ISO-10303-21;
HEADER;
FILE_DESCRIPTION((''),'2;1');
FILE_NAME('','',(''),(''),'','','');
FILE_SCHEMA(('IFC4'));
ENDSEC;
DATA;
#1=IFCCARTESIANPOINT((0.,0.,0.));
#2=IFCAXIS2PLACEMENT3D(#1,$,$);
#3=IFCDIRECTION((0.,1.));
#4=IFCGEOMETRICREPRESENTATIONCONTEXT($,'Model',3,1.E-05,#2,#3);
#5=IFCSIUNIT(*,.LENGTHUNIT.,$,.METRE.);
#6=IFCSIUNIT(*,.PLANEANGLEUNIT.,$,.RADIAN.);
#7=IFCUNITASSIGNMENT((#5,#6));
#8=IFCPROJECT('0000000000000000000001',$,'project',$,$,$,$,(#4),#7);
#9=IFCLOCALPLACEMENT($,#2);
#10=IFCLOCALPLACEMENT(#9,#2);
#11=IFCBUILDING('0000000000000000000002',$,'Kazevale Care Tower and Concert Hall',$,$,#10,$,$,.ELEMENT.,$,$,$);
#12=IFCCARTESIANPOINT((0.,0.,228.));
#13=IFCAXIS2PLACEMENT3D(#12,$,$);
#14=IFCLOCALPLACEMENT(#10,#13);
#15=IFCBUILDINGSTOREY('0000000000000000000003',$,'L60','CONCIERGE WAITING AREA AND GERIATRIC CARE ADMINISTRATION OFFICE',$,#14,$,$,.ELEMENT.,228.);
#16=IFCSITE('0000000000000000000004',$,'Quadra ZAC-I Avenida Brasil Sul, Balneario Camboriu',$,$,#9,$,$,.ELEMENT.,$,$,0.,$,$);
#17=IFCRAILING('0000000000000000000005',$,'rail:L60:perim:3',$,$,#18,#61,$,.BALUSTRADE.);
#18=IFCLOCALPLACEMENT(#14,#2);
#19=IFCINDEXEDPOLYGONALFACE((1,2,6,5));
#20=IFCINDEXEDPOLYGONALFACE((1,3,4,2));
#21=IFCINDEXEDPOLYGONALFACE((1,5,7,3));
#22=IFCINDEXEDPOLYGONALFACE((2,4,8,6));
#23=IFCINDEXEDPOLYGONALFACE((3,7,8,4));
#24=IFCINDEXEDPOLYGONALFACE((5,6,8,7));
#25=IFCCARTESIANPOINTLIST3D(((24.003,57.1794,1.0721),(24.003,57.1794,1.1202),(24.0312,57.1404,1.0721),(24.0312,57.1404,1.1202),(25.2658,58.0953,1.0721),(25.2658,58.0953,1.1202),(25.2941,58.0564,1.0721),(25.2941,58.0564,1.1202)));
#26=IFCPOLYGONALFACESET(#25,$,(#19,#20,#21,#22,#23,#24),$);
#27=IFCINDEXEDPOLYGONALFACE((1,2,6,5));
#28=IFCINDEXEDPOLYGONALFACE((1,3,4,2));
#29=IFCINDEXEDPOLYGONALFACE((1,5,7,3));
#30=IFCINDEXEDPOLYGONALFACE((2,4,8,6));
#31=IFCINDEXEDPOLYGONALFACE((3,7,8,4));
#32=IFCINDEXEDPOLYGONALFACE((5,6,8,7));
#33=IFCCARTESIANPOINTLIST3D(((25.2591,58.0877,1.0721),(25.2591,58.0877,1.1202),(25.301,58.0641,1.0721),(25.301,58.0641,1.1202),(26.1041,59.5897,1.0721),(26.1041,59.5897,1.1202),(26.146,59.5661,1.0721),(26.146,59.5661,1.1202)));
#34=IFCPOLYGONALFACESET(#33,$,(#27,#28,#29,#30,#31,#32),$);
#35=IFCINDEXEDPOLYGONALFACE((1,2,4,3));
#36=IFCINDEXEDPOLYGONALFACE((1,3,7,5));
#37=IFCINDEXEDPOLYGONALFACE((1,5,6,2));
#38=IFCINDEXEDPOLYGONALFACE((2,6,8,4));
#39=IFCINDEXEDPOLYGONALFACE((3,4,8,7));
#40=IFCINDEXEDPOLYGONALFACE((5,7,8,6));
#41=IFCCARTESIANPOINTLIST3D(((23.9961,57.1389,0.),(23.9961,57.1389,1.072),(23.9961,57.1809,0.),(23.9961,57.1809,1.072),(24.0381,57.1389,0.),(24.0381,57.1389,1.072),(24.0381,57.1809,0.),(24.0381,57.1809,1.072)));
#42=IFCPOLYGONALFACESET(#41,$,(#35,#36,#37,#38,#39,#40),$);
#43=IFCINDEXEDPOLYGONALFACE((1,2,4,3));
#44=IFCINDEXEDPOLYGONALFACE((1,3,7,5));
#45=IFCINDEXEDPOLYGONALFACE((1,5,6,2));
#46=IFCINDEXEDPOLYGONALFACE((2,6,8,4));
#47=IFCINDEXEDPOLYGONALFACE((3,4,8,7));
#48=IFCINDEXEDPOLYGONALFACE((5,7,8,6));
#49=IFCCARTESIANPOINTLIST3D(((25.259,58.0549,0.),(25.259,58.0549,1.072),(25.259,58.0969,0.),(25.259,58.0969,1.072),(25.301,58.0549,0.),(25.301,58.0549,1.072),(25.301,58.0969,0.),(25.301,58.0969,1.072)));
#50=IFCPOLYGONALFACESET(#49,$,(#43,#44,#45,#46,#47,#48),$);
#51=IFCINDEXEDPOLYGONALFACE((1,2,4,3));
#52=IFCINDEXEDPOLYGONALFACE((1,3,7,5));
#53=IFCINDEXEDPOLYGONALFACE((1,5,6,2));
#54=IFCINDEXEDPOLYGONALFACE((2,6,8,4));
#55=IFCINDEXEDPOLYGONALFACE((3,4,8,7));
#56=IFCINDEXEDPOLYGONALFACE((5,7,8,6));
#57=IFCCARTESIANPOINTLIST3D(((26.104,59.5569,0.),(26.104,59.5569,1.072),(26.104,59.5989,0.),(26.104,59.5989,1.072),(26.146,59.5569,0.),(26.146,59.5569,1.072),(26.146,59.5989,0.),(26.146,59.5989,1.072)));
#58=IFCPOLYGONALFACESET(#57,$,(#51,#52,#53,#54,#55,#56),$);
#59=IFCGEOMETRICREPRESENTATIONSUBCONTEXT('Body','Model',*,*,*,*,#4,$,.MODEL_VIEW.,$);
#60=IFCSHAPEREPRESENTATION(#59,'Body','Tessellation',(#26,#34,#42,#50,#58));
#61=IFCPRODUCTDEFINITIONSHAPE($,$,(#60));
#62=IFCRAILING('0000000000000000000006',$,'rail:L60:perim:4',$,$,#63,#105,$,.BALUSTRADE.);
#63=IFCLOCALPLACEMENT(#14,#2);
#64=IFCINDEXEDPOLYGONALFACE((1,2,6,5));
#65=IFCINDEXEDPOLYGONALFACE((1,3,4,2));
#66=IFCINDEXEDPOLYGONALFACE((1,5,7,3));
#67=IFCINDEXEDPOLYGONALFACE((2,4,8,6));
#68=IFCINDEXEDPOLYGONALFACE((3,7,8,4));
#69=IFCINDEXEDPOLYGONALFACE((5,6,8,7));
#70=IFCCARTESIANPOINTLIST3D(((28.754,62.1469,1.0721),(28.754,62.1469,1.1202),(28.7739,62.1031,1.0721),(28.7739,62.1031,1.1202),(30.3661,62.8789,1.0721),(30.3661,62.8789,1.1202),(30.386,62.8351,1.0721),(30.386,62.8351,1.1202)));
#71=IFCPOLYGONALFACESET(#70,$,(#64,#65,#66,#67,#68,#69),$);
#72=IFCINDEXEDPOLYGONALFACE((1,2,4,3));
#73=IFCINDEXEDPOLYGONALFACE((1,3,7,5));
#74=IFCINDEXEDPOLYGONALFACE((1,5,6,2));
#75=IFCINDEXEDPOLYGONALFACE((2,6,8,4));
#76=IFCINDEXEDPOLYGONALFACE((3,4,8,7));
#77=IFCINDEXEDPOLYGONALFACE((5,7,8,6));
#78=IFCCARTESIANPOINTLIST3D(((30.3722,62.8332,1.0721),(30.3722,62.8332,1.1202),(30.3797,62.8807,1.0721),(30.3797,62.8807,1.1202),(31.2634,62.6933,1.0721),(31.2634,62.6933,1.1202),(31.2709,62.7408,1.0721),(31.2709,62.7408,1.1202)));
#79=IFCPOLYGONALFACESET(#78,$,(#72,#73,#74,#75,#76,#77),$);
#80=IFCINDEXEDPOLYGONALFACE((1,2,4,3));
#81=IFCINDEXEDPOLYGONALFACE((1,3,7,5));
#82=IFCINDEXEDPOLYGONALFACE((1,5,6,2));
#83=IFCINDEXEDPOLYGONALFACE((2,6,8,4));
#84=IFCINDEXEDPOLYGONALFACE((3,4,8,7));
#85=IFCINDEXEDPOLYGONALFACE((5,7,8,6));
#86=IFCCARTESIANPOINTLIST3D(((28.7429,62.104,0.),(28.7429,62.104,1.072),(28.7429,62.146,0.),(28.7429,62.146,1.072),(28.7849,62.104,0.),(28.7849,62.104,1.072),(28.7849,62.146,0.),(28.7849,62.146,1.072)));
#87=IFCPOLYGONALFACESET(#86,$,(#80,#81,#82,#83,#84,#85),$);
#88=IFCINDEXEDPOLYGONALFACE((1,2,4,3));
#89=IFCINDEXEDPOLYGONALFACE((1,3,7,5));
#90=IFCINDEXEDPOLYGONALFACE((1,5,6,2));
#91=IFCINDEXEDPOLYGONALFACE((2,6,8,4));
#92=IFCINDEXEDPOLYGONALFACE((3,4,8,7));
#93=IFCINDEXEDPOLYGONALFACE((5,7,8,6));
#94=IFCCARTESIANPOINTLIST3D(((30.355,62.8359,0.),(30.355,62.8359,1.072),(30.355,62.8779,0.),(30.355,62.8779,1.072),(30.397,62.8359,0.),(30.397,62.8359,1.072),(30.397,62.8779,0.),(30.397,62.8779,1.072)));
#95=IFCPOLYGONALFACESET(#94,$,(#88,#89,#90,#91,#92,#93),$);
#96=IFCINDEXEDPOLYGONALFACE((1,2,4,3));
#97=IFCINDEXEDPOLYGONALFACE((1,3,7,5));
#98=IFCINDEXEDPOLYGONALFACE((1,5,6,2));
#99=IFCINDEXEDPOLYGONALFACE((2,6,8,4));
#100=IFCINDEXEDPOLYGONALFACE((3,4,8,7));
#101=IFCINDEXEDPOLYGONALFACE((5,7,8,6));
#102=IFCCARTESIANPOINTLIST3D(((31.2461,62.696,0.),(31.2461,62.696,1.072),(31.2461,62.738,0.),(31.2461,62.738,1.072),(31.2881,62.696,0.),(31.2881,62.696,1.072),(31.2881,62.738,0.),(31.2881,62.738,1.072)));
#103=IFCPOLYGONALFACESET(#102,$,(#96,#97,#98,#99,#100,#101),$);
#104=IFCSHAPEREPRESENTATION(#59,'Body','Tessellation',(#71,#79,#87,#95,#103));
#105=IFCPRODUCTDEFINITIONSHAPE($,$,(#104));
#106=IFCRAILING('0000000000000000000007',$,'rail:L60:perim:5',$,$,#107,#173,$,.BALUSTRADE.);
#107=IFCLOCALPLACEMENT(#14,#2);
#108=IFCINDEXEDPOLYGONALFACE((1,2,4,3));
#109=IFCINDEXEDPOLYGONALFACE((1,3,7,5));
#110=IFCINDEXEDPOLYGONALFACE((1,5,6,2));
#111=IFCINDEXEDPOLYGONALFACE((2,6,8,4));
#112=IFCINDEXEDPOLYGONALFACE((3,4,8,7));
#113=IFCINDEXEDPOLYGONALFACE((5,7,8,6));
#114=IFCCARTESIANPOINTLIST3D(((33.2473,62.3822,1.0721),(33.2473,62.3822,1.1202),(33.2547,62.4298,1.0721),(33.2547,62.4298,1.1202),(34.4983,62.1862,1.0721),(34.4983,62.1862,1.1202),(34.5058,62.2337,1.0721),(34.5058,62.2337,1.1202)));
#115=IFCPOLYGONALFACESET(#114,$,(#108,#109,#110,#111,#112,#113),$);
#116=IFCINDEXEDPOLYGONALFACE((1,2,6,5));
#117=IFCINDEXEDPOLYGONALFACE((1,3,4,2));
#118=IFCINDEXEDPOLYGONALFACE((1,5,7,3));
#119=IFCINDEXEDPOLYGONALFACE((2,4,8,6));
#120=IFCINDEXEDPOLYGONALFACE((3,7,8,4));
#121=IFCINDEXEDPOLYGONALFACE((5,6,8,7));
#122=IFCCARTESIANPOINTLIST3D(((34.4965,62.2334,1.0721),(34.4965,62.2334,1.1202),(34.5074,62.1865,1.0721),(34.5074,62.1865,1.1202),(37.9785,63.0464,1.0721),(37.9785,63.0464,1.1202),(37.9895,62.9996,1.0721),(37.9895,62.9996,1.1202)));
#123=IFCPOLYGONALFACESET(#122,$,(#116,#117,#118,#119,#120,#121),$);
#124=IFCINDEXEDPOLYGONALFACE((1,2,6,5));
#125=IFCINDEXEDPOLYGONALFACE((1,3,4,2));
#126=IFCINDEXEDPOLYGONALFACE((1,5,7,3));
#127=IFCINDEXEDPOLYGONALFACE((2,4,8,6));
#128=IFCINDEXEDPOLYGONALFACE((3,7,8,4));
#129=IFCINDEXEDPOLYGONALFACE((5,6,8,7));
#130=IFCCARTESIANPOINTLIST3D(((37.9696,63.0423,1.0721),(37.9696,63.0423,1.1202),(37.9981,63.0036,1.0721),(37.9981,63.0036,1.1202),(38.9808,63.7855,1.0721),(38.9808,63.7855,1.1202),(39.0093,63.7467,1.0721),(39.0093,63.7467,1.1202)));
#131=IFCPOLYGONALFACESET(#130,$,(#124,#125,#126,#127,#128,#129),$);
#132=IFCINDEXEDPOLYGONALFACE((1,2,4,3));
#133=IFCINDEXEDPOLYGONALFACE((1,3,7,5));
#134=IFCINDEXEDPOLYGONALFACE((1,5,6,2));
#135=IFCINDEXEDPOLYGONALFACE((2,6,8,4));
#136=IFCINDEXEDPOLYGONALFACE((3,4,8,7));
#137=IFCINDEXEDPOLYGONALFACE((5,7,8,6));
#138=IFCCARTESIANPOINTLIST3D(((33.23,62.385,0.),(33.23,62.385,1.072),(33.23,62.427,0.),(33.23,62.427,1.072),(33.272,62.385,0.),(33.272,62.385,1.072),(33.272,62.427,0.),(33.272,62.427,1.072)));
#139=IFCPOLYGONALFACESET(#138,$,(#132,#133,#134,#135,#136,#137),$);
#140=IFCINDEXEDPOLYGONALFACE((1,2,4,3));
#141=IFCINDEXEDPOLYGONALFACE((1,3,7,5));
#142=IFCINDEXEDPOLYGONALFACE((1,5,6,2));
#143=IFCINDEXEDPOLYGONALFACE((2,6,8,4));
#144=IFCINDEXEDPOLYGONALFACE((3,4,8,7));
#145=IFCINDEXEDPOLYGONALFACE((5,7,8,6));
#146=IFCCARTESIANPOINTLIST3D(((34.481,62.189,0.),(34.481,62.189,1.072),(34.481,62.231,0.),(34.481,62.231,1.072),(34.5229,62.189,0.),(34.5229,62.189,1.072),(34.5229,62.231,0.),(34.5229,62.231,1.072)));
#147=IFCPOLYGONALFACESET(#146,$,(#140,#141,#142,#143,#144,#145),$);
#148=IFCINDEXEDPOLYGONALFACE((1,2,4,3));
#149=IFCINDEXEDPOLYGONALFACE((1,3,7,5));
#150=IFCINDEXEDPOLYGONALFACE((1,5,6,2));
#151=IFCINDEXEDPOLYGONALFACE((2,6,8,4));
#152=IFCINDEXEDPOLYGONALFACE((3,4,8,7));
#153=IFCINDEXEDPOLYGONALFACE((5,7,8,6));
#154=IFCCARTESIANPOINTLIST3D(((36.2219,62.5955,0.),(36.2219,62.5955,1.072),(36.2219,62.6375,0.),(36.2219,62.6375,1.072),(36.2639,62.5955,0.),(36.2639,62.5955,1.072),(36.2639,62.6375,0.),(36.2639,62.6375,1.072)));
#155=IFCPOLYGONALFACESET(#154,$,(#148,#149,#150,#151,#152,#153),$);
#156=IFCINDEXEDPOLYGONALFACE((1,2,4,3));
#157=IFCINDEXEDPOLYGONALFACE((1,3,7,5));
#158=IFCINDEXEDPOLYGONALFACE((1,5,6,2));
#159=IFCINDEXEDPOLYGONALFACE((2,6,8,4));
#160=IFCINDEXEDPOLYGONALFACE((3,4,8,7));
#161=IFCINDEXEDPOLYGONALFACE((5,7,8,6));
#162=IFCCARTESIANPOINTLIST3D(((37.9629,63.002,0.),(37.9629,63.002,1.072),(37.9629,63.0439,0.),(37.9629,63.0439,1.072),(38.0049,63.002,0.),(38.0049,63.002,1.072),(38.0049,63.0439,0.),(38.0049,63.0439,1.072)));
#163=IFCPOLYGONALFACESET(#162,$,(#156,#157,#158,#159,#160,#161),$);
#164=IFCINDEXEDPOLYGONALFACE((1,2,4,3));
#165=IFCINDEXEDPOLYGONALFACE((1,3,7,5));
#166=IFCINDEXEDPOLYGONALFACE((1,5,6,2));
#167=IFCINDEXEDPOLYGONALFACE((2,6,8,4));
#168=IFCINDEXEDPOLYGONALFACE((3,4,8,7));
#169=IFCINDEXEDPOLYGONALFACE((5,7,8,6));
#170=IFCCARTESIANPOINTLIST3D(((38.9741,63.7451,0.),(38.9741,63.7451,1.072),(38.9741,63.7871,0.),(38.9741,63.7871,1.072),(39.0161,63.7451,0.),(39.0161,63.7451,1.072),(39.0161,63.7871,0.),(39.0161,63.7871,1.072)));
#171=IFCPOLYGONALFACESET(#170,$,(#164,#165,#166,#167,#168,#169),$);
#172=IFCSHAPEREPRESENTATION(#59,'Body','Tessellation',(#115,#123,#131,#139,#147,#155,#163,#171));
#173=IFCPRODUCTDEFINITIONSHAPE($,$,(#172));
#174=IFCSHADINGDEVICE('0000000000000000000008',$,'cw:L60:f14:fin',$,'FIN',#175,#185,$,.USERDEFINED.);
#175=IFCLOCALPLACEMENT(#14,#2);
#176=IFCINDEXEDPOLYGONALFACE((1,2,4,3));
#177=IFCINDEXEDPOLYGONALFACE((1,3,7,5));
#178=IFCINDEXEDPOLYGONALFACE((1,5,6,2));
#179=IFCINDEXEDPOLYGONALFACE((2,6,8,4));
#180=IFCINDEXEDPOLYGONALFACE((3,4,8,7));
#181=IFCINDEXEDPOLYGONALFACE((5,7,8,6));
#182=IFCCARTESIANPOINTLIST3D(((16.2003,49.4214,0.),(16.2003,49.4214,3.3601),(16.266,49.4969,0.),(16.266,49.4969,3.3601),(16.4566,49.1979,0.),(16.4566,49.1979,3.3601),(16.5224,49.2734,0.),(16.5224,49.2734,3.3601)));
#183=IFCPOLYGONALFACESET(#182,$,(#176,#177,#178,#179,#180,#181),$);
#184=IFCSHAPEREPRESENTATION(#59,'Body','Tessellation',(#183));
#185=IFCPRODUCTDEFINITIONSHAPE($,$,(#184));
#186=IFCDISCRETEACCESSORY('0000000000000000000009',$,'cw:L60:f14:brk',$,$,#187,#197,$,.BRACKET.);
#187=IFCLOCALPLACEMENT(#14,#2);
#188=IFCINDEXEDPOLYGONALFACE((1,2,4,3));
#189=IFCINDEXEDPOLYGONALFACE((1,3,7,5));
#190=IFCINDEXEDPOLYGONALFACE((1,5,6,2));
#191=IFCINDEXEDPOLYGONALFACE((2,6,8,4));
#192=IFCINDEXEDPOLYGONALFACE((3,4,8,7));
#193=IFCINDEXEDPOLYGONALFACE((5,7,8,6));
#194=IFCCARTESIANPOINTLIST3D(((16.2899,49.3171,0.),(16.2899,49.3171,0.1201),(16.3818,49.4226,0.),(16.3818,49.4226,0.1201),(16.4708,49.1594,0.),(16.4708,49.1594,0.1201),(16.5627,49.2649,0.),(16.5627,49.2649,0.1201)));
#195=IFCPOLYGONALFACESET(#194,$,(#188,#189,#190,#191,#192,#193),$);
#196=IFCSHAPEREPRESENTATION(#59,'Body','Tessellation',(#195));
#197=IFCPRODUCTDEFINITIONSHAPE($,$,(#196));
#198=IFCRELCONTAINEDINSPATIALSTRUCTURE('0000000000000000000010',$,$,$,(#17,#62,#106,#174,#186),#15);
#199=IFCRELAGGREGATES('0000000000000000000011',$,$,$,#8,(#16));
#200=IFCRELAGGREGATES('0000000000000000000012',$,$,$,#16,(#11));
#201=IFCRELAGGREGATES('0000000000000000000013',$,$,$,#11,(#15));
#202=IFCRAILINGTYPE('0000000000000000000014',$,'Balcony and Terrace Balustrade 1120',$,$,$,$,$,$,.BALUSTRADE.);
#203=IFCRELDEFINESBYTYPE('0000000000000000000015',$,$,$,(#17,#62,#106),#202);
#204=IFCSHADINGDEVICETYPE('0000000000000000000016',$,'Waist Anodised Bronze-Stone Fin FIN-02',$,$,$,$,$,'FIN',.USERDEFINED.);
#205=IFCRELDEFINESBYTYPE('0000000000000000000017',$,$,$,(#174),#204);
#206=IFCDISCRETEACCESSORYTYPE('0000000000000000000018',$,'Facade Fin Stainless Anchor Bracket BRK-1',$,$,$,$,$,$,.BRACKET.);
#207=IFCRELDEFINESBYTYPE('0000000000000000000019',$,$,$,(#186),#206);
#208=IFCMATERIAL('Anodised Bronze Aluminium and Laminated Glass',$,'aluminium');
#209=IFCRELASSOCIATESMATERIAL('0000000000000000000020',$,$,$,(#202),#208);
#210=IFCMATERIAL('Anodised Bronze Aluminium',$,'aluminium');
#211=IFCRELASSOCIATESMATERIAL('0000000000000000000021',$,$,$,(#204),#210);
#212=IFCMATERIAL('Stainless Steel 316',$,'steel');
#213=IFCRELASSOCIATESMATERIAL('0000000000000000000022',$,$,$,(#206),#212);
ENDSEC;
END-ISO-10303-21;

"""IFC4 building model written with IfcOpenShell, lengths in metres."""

from ifc_helpers import new_model, si_unit, direction, frame, origin, origin_2d, place, context, subcontext, project, spatial, rectangle, extrude, material, type_object, element, save


model = new_model("IFC4")

# Units and contexts
model_context = context("Model", 3, precision=1e-05, world=origin(), true_north=direction((0.0, 1.0)))
body_context = subcontext(model_context, "Body", "Model", "MODEL_VIEW")
ifc_project = project(units=[si_unit("LENGTHUNIT", "METRE"), si_unit("PLANEANGLEUNIT", "RADIAN")], contexts=[model_context])

# Site, building, storey
site_placement = place(None, origin())
site = spatial("IfcSite", under=ifc_project, at=site_placement, Name="Quadra ZAC-I Avenida Brasil Sul, Balneario Camboriu", CompositionType="ELEMENT", RefElevation=0.0)
building_placement = place(site_placement, origin())
building = spatial("IfcBuilding", under=site, at=building_placement, Name="Kazevale Care Tower and Concert Hall", CompositionType="ELEMENT")
storey_placement = place(building_placement, frame((0.0, 0.0, 228.0)))
storey = spatial("IfcBuildingStorey", under=building, at=storey_placement, Name="L60", Description="CONCIERGE WAITING AREA AND GERIATRIC CARE ADMINISTRATION OFFICE", CompositionType="ELEMENT", Elevation=228.0)

# Railings
ifc_material_1 = material(Name="Anodised Bronze Aluminium and Laminated Glass", Category="aluminium")
railing_type = type_object("IfcRailingType", Name="Balcony and Terrace Balustrade 1120", PredefinedType="BALUSTRADE", material=ifc_material_1)
railing_1_placement = place(storey_placement, frame((24.0171, 57.1599, 0.0)))
element("IfcRailing", 1, at=railing_1_placement, inside=storey, type_object=railing_type, Name="rail:L60:perim:3", PredefinedType="BALUSTRADE", context=body_context, shape_type="SweptSolid", body=[
    extrude(rectangle(XDim=0.0481, YDim=0.0481, at=origin_2d()), frame((0.0, 0.0, 1.0962), z_axis=(0.809493, 0.587129, 0.0), x_axis=(-0.587129, 0.809493, 0.0)), (0.0, 0.0, 1.0), 1.5601),
    extrude(rectangle(XDim=0.0481, YDim=0.0481, at=origin_2d()), frame((1.2629, 0.916, 1.0962), z_axis=(0.490315, 0.871545, 0.0), x_axis=(-0.871545, 0.490315, 0.0)), (0.0, 0.0, 1.0), 1.7234),
    extrude(rectangle(XDim=0.042, YDim=0.042, at=origin_2d()), origin(), (0.0, 0.0, 1.0), 1.072),
    extrude(rectangle(XDim=0.042, YDim=0.042, at=origin_2d()), frame((1.2629, 0.916, 0.0)), (0.0, 0.0, 1.0), 1.072),
    extrude(rectangle(XDim=0.042, YDim=0.042, at=origin_2d()), frame((2.1079, 2.418, 0.0)), (0.0, 0.0, 1.0), 1.072),
])
railing_2_placement = place(storey_placement, frame((28.7639, 62.125, 0.0)))
element("IfcRailing", 2, at=railing_2_placement, inside=storey, type_object=railing_type, Name="rail:L60:perim:4", PredefinedType="BALUSTRADE", context=body_context, shape_type="SweptSolid", body=[
    extrude(rectangle(XDim=0.0481, YDim=0.0481, at=origin_2d()), frame((0.0, 0.0, 1.0962), z_axis=(0.910541, 0.413418, 0.0), x_axis=(-0.413418, 0.910541, 0.0)), (0.0, 0.0, 1.0), 1.7705),
    extrude(rectangle(XDim=0.0481, YDim=0.0481, at=origin_2d()), frame((1.6121, 0.7319, 1.0962), z_axis=(0.987901, -0.155087, 0.0), x_axis=(0.155087, 0.987901, 0.0)), (0.0, 0.0, 1.0), 0.9021),
    extrude(rectangle(XDim=0.042, YDim=0.042, at=origin_2d()), origin(), (0.0, 0.0, 1.0), 1.072),
    extrude(rectangle(XDim=0.042, YDim=0.042, at=origin_2d()), frame((1.6121, 0.7319, 0.0)), (0.0, 0.0, 1.0), 1.072),
    extrude(rectangle(XDim=0.042, YDim=0.042, at=origin_2d()), frame((2.5032, 0.592, 0.0)), (0.0, 0.0, 1.0), 1.072),
])
railing_3_placement = place(storey_placement, frame((33.251, 62.406, 0.0)))
element("IfcRailing", 3, at=railing_3_placement, inside=storey, type_object=railing_type, Name="rail:L60:perim:5", PredefinedType="BALUSTRADE", context=body_context, shape_type="SweptSolid", body=[
    extrude(rectangle(XDim=0.0481, YDim=0.0481, at=origin_2d()), frame((0.0, 0.0, 1.0962), z_axis=(0.987942, -0.154824, 0.0), x_axis=(0.154824, 0.987942, 0.0)), (0.0, 0.0, 1.0), 1.2664),
    extrude(rectangle(XDim=0.0481, YDim=0.0481, at=origin_2d()), frame((1.251, -0.196, 1.0962), z_axis=(0.973808, 0.227372, 0.0), x_axis=(-0.227372, 0.973808, 0.0)), (0.0, 0.0, 1.0), 3.5757),
    extrude(rectangle(XDim=0.0481, YDim=0.0481, at=origin_2d()), frame((4.7329, 0.6169, 1.0962), z_axis=(0.805798, 0.59219, 0.0), x_axis=(-0.59219, 0.805798, 0.0)), (0.0, 0.0, 1.0), 1.2549),
    extrude(rectangle(XDim=0.042, YDim=0.042, at=origin_2d()), origin(), (0.0, 0.0, 1.0), 1.072),
    extrude(rectangle(XDim=0.042, YDim=0.042, at=origin_2d()), frame((1.251, -0.196, 0.0)), (0.0, 0.0, 1.0), 1.072),
    extrude(rectangle(XDim=0.042, YDim=0.042, at=origin_2d()), frame((2.9919, 0.2104, 0.0)), (0.0, 0.0, 1.0), 1.072),
    extrude(rectangle(XDim=0.042, YDim=0.042, at=origin_2d()), frame((4.7329, 0.6169, 0.0)), (0.0, 0.0, 1.0), 1.072),
    extrude(rectangle(XDim=0.042, YDim=0.042, at=origin_2d()), frame((5.7441, 1.3601, 0.0)), (0.0, 0.0, 1.0), 1.072),
])

# Shading device
ifc_material_2 = material(Name="Anodised Bronze Aluminium", Category="aluminium")
shading_device_type = type_object("IfcShadingDeviceType", Name="Waist Anodised Bronze-Stone Fin FIN-02", ElementType="FIN", PredefinedType="USERDEFINED", material=ifc_material_2)
shading_device_placement = place(storey_placement, frame((16.3613, 49.3474, 0.0), z_axis=(0.0, 0.0, 1.0), x_axis=(-0.753793, 0.657112, 0.0)))
element("IfcShadingDevice", 4, at=shading_device_placement, inside=storey, type_object=shading_device_type, Name="cw:L60:f14:fin", ObjectType="FIN", PredefinedType="USERDEFINED", context=body_context, shape_type="SweptSolid", body=[
    extrude(rectangle(XDim=0.3401, YDim=0.1001, at=origin_2d()), origin(), (0.0, 0.0, 1.0), 3.3601),
])

# Discrete accessory
ifc_material_3 = material(Name="Stainless Steel 316", Category="steel")
discrete_accessory_type = type_object("IfcDiscreteAccessoryType", Name="Facade Fin Stainless Anchor Bracket BRK-1", PredefinedType="BRACKET", material=ifc_material_3)
discrete_accessory_placement = place(storey_placement, frame((16.4263, 49.291, 0.0), z_axis=(0.0, 0.0, 1.0), x_axis=(-0.753793, 0.657112, 0.0)))
element("IfcDiscreteAccessory", 5, at=discrete_accessory_placement, inside=storey, type_object=discrete_accessory_type, Name="cw:L60:f14:brk", PredefinedType="BRACKET", context=body_context, shape_type="SweptSolid", body=[
    extrude(rectangle(XDim=0.24, YDim=0.1399, at=origin_2d()), origin(), (0.0, 0.0, 1.0), 0.1201),
])

save(model, "model.ifc")
